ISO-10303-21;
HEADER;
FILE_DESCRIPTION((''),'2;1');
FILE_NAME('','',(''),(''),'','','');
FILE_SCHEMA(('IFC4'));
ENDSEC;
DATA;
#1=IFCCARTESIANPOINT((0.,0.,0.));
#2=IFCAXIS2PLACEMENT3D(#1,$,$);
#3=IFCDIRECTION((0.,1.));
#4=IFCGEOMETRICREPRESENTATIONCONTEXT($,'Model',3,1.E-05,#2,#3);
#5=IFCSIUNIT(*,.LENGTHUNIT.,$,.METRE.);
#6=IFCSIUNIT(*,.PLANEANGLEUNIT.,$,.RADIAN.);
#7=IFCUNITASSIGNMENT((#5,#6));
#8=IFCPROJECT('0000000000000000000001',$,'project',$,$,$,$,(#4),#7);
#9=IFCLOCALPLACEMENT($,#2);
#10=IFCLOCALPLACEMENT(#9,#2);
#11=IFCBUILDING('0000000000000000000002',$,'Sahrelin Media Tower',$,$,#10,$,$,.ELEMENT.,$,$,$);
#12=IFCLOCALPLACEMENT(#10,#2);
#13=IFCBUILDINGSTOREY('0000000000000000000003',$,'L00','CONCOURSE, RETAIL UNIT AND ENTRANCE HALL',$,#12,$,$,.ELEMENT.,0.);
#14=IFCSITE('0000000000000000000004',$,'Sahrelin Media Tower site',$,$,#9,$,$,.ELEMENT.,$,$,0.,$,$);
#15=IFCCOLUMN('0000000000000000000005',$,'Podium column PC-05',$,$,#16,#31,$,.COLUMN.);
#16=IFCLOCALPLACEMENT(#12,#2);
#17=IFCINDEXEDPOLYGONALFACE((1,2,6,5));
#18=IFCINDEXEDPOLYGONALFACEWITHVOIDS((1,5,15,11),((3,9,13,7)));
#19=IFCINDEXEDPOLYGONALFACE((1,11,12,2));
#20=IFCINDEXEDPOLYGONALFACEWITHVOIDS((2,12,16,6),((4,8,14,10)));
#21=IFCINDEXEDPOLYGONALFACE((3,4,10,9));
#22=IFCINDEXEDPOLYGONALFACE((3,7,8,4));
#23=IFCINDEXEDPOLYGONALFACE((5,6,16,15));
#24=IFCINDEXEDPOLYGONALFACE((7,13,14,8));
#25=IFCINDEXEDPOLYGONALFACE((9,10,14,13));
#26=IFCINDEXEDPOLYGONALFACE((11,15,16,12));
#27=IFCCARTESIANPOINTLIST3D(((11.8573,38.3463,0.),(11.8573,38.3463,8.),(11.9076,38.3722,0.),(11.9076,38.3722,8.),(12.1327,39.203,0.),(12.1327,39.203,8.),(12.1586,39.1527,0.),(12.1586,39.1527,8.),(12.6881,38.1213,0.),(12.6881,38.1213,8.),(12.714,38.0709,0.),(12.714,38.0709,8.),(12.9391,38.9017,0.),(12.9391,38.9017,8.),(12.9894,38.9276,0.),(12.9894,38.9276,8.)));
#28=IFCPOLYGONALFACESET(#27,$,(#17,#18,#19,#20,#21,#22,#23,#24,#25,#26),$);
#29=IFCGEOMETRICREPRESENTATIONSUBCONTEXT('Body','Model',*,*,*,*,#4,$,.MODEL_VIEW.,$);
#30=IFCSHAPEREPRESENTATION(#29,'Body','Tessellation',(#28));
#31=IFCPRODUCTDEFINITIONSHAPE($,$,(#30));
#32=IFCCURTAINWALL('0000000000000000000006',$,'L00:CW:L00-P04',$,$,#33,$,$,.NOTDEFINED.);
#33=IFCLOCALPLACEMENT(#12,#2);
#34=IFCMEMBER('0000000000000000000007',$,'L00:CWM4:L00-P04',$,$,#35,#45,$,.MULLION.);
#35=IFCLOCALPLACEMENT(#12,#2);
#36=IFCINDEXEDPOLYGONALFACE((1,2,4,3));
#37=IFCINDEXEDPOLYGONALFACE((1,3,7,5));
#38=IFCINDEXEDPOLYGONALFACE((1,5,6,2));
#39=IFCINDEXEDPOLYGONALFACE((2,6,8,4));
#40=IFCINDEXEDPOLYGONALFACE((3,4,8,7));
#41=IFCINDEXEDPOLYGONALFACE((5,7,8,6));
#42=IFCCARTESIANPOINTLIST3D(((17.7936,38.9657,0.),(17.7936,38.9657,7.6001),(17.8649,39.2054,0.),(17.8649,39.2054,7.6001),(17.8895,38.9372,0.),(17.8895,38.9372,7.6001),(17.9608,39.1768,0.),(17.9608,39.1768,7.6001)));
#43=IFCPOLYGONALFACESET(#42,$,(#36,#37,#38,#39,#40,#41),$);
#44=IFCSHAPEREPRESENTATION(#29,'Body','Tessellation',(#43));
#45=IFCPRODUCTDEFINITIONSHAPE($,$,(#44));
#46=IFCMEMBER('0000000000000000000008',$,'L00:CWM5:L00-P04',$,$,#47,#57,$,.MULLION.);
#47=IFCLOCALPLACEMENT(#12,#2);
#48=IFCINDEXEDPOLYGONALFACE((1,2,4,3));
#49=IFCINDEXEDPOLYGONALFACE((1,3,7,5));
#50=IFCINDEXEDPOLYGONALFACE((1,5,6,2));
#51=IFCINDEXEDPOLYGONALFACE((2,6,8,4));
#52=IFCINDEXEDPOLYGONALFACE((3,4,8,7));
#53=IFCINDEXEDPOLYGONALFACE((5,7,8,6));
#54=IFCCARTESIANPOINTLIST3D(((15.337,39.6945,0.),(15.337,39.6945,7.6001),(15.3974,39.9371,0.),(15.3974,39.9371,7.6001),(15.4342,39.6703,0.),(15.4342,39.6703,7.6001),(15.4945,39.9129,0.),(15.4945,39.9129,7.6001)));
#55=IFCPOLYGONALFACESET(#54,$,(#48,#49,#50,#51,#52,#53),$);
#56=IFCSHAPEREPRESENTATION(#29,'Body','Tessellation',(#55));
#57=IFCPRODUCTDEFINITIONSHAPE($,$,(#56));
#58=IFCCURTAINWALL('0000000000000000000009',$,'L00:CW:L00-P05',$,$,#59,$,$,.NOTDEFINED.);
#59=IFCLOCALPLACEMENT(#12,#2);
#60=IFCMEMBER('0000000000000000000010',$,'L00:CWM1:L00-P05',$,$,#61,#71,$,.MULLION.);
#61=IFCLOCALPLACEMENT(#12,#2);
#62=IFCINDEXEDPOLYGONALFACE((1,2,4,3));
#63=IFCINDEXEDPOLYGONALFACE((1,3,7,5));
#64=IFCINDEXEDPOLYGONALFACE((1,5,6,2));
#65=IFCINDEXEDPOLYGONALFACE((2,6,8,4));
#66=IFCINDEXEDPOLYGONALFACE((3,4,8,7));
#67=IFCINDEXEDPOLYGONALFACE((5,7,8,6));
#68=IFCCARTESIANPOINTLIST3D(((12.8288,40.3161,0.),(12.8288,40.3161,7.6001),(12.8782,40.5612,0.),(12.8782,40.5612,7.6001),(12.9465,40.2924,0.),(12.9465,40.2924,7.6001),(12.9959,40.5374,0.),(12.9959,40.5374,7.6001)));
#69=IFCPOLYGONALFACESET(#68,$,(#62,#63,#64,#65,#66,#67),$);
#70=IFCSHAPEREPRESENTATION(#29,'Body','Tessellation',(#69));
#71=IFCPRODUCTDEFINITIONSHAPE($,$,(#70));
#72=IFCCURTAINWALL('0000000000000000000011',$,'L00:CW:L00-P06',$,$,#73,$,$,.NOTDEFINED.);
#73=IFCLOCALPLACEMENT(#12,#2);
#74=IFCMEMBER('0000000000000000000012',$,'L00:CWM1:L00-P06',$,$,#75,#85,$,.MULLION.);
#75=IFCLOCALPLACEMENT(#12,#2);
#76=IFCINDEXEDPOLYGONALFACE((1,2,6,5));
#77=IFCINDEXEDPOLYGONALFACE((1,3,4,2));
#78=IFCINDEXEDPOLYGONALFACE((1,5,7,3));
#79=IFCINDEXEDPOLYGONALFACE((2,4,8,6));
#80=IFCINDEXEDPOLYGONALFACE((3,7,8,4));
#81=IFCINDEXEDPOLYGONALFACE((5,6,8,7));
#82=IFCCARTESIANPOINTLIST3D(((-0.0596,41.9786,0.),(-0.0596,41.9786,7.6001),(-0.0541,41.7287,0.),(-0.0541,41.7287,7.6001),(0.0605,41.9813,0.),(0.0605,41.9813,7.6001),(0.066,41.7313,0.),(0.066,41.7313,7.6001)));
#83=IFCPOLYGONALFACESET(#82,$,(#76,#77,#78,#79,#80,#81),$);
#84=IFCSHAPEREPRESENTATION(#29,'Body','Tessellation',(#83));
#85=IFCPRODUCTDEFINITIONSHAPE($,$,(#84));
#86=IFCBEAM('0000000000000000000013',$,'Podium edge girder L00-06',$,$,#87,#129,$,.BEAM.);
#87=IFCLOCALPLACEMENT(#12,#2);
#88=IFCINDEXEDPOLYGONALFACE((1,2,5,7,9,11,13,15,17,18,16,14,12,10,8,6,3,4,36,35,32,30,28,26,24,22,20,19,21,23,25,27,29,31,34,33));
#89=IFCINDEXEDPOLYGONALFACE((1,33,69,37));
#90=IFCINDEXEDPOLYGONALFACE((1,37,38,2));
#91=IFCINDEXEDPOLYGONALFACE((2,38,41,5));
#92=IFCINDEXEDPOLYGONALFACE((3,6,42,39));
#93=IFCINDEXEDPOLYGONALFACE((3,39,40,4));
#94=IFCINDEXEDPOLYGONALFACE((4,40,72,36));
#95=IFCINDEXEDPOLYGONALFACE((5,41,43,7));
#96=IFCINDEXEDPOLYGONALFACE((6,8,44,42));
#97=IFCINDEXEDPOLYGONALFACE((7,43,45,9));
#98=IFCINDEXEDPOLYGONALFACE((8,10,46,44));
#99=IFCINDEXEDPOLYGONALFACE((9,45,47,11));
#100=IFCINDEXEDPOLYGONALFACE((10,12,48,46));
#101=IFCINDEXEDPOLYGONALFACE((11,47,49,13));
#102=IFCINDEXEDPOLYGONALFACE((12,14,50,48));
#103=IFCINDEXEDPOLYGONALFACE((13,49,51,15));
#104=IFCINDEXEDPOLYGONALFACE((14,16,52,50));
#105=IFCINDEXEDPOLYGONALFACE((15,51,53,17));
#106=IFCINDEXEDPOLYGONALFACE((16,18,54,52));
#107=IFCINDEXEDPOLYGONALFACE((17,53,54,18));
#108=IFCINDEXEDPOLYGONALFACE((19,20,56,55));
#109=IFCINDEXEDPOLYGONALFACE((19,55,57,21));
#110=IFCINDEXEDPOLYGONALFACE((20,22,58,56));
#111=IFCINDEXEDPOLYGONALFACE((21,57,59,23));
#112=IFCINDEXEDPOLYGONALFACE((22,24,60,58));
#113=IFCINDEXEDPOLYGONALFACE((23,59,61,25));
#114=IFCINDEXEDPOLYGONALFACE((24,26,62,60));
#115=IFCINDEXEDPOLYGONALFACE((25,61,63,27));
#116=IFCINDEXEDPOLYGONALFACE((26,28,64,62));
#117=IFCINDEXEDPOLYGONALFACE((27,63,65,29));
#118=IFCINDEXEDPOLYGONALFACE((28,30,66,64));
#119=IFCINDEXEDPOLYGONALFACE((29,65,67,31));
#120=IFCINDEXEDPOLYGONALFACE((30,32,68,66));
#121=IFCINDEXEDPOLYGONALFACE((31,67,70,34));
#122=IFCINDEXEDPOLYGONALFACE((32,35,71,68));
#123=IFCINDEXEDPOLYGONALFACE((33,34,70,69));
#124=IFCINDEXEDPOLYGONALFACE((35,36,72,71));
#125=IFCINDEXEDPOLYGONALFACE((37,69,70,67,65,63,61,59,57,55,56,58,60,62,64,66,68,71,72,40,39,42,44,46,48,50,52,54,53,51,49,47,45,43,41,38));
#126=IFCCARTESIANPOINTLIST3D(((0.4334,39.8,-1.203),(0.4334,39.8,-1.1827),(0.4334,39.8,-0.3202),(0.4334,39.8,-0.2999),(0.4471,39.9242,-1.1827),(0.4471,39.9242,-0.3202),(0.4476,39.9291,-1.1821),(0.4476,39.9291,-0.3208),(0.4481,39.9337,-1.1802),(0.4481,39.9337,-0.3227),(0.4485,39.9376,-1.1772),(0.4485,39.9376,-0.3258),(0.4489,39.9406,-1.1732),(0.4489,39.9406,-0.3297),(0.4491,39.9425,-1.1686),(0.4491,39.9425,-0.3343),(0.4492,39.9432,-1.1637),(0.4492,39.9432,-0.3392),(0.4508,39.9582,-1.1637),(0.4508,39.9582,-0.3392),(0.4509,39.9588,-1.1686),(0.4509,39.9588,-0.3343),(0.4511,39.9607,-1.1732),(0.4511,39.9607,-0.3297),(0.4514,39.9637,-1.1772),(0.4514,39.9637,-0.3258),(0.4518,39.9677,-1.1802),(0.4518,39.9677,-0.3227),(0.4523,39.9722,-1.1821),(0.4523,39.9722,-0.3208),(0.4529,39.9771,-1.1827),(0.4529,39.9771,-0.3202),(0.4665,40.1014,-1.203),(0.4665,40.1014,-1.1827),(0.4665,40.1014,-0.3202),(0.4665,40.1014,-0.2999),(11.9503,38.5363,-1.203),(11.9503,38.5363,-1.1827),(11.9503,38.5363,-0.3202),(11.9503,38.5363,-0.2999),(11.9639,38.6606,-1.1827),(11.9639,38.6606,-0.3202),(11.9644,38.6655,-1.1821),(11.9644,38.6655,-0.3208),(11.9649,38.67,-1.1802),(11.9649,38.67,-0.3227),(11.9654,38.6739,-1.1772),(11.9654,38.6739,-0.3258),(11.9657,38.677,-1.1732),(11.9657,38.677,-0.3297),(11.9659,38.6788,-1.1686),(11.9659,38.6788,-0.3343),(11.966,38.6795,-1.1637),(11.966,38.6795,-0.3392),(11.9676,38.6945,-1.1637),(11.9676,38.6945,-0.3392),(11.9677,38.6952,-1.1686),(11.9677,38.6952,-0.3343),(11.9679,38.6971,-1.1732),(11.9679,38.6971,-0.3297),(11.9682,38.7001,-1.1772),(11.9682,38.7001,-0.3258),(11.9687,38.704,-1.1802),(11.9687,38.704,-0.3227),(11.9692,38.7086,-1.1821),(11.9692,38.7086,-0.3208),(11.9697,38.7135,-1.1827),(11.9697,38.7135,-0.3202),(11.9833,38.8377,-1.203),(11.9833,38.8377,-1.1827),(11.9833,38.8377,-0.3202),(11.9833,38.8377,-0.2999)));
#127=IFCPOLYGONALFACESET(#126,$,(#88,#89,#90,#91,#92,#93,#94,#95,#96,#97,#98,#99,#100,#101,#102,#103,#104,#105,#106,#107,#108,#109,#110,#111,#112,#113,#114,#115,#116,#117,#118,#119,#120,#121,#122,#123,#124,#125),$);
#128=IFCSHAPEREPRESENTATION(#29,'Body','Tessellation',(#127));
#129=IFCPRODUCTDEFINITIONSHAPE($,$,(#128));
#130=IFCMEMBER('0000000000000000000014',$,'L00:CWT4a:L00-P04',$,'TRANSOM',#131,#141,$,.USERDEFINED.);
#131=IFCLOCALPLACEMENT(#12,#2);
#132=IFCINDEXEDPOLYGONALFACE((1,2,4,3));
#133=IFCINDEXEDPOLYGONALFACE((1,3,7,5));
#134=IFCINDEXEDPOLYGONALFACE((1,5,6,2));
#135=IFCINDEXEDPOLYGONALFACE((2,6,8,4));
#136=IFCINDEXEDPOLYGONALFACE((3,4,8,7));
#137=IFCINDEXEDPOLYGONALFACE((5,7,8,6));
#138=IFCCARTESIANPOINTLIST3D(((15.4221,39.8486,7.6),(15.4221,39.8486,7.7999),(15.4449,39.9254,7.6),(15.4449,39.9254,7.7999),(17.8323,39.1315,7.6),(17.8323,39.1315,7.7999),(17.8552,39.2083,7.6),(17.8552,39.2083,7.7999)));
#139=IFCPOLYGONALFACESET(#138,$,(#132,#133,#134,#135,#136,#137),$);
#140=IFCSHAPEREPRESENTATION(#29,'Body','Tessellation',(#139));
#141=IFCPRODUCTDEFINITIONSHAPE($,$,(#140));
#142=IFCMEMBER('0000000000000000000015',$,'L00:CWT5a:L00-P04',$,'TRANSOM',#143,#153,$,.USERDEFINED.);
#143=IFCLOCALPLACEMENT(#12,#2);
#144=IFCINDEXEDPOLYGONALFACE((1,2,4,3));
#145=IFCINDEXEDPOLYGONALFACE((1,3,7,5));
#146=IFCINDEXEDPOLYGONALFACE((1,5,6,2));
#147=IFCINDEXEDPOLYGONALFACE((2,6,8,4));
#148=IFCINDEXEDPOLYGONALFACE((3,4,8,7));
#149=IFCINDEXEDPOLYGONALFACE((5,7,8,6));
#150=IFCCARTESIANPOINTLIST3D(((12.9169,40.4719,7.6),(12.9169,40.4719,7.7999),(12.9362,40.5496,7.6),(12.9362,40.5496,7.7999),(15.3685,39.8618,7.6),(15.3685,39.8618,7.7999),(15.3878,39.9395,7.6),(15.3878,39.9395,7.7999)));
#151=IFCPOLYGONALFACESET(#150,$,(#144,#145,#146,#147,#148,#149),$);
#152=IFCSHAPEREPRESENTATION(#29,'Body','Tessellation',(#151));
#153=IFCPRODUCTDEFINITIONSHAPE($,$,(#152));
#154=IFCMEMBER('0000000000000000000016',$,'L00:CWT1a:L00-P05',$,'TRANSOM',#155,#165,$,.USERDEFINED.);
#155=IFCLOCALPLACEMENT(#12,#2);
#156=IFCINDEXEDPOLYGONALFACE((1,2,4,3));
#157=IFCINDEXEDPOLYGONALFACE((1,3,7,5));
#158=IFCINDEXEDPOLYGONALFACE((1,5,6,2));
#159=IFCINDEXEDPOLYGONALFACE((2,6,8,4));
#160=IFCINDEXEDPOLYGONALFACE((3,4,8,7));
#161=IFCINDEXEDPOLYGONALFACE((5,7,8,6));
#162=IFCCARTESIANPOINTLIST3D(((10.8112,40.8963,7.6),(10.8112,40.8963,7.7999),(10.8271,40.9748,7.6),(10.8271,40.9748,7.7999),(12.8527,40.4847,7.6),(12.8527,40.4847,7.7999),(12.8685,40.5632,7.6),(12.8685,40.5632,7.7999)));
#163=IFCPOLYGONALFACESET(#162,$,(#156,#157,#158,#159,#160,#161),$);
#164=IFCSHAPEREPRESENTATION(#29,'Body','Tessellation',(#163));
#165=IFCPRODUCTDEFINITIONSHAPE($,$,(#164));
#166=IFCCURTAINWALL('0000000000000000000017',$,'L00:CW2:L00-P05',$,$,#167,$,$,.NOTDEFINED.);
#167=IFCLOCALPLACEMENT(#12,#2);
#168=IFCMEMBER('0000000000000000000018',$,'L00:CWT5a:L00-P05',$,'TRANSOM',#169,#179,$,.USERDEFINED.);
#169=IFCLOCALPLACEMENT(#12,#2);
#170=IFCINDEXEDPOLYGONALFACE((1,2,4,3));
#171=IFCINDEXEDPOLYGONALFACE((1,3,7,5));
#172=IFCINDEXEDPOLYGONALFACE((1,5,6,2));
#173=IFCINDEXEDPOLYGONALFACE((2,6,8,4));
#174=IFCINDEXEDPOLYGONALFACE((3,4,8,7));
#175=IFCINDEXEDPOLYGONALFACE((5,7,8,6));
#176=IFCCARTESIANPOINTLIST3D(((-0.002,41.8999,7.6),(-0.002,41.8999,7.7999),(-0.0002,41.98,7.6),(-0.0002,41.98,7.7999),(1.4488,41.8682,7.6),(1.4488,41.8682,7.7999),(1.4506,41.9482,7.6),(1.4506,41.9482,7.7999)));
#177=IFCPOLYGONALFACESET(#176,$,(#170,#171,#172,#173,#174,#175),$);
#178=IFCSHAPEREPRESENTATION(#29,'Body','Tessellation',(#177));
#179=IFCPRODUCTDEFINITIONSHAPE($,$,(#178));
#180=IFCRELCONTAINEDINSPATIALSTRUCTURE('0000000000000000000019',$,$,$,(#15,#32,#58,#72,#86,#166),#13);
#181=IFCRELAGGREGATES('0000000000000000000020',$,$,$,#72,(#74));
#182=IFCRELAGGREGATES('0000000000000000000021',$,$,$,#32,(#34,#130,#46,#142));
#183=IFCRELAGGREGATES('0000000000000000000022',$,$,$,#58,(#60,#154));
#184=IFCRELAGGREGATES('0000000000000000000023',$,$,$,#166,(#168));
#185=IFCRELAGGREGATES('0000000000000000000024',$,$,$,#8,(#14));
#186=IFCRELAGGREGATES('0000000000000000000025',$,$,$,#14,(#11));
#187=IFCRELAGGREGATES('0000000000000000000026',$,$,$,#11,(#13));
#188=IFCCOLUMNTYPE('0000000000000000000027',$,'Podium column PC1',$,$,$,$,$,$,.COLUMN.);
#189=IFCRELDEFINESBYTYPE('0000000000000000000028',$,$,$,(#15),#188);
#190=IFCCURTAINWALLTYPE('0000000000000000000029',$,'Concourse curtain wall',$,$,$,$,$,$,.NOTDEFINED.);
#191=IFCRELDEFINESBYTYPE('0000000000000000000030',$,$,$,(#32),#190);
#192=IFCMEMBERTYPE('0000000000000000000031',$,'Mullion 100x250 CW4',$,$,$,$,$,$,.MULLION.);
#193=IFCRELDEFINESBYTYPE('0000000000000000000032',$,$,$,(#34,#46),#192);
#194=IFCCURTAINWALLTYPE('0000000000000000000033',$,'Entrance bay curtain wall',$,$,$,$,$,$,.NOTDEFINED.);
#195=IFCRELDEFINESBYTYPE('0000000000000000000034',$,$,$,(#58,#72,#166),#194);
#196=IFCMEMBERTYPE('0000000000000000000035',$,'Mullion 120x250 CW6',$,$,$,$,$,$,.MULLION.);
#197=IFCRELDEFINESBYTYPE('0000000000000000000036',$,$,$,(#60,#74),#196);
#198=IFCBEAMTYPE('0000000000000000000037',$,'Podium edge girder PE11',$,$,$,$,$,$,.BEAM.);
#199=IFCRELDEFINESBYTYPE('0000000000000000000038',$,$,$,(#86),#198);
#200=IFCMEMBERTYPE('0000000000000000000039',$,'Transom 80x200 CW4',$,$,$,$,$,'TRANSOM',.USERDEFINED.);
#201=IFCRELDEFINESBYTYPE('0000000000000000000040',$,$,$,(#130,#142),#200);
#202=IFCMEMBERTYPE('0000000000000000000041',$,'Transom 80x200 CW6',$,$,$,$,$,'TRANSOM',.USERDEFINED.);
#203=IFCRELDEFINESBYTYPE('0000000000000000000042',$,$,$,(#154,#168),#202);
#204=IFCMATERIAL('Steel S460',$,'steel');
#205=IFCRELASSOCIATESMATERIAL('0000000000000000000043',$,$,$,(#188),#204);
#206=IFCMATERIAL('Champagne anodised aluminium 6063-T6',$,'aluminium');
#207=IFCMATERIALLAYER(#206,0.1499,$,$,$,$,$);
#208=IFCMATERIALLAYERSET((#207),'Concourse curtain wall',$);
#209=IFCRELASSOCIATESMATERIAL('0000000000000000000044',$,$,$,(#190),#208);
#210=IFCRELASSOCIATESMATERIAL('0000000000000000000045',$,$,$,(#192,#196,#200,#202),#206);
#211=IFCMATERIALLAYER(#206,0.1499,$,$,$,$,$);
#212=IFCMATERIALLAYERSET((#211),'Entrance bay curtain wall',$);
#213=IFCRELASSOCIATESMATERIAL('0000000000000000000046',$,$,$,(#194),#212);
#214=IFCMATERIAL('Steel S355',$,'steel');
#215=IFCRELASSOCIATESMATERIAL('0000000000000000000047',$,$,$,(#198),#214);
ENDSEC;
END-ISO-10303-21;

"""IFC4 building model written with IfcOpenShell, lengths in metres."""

from ifc_helpers import new_model, si_unit, direction, frame, origin, origin_2d, place, context, subcontext, project, spatial, rectangle, hollow_rectangle, i_section, extrude, material, layer, layer_set, material_profile, profile_set, type_object, element, aggregate, save


model = new_model("IFC4")

# Units and contexts
model_context = context("Model", 3, precision=1e-05, world=origin(), true_north=direction((0.0, 1.0)))
body_context = subcontext(model_context, "Body", "Model", "MODEL_VIEW")
ifc_project = project(units=[si_unit("LENGTHUNIT", "METRE"), si_unit("PLANEANGLEUNIT", "RADIAN")], contexts=[model_context])

# Site, building, storey
site_placement = place(None, origin())
site = spatial("IfcSite", under=ifc_project, at=site_placement, Name="Sahrelin Media Tower site", CompositionType="ELEMENT", RefElevation=0.0)
building_placement = place(site_placement, origin())
building = spatial("IfcBuilding", under=site, at=building_placement, Name="Sahrelin Media Tower", CompositionType="ELEMENT")
storey_placement = place(building_placement, origin())
storey = spatial("IfcBuildingStorey", under=building, at=storey_placement, Name="L00", Description="CONCOURSE, RETAIL UNIT AND ENTRANCE HALL", CompositionType="ELEMENT", Elevation=0.0)

# Column
ifc_material_1 = material(Name="Steel S460", Category="steel")
ifc_material_profile_1 = material_profile(ifc_material_1, hollow_rectangle(XDim=0.8999, YDim=0.8999, WallThickness=0.04, at=origin_2d()), Name="Podium column PC1")
ifc_profile_set_1 = profile_set([ifc_material_profile_1], Name="Steel S460")
column_type = type_object("IfcColumnType", Name="Podium column PC1", PredefinedType="COLUMN", material=ifc_profile_set_1)
column_placement = place(storey_placement, frame((12.4233, 38.637, 0.0), z_axis=(0.0, 0.0, 1.0), x_axis=(0.306104, 0.951998, 0.0)))
element("IfcColumn", 1, at=column_placement, inside=storey, type_object=column_type, Name="Podium column PC-05", PredefinedType="COLUMN", context=body_context, shape_type="SweptSolid", body=[
    extrude(hollow_rectangle(XDim=0.8999, YDim=0.8999, WallThickness=0.04, at=origin_2d()), origin(), (0.0, 0.0, 1.0), 8.0),
])

# Curtain wall, members
ifc_material_2 = material(Name="Champagne anodised aluminium 6063-T6", Category="aluminium")
ifc_layer_1 = layer(ifc_material_2, 0.1499)
ifc_layer_set_1 = layer_set([ifc_layer_1], Name="Concourse curtain wall")
curtain_wall_type_1 = type_object("IfcCurtainWallType", Name="Concourse curtain wall", PredefinedType="NOTDEFINED", material=ifc_layer_set_1)
curtain_wall_1_placement = place(storey_placement, frame((25.0, 36.373, 0.0), z_axis=(0.0, 0.0, 1.0), x_axis=(1.0, 0.0, 0.0)))
curtain_wall_1 = element("IfcCurtainWall", 2, at=curtain_wall_1_placement, inside=storey, type_object=curtain_wall_type_1, Name="L00:CW:L00-P04", PredefinedType="NOTDEFINED")
ifc_material_profile_2 = material_profile(ifc_material_2, rectangle(XDim=0.1001, YDim=0.25, at=origin_2d()), Name="Mullion 100x250")
ifc_profile_set_2 = profile_set([ifc_material_profile_2], Name="Champagne anodised aluminium 6063-T6")
member_type_1 = type_object("IfcMemberType", Name="Mullion 100x250 CW4", PredefinedType="MULLION", material=ifc_profile_set_2)
member_1_placement = place(storey_placement, frame((17.8772, 39.0713, 0.0), z_axis=(0.0, 0.0, 1.0), x_axis=(-0.958495, 0.28511, 0.0)))
member_1 = element("IfcMember", 3, at=member_1_placement, type_object=member_type_1, Name="L00:CWM4:L00-P04", PredefinedType="MULLION", context=body_context, shape_type="SweptSolid", body=[
    extrude(rectangle(XDim=0.1001, YDim=0.25, at=origin_2d()), origin(), (0.0, 0.0, 1.0), 7.6001),
])
member_2_placement = place(storey_placement, frame((15.4158, 39.8037, 0.0), z_axis=(0.0, 0.0, 1.0), x_axis=(-0.97041, 0.241461, 0.0)))
member_2 = element("IfcMember", 4, at=member_2_placement, type_object=member_type_1, Name="L00:CWM5:L00-P04", PredefinedType="MULLION", context=body_context, shape_type="SweptSolid", body=[
    extrude(rectangle(XDim=0.1001, YDim=0.25, at=origin_2d()), origin(), (0.0, 0.0, 1.0), 7.6001),
])

# Curtain walls, members
ifc_layer_2 = layer(ifc_material_2, 0.1499)
ifc_layer_set_2 = layer_set([ifc_layer_2], Name="Entrance bay curtain wall")
curtain_wall_type_2 = type_object("IfcCurtainWallType", Name="Entrance bay curtain wall", PredefinedType="NOTDEFINED", material=ifc_layer_set_2)
curtain_wall_2_placement = place(storey_placement, frame((12.9409, 40.5688, 0.0), z_axis=(0.0, 0.0, 1.0), x_axis=(1.0, 0.0, 0.0)))
curtain_wall_2 = element("IfcCurtainWall", 5, at=curtain_wall_2_placement, inside=storey, type_object=curtain_wall_type_2, Name="L00:CW:L00-P05", PredefinedType="NOTDEFINED")
ifc_material_profile_3 = material_profile(ifc_material_2, rectangle(XDim=0.1201, YDim=0.25, at=origin_2d()), Name="Mullion 120x250")
ifc_profile_set_3 = profile_set([ifc_material_profile_3], Name="Champagne anodised aluminium 6063-T6")
member_type_2 = type_object("IfcMemberType", Name="Mullion 120x250 CW6", PredefinedType="MULLION", material=ifc_profile_set_3)
member_3_placement = place(storey_placement, frame((12.9124, 40.4268, 0.0), z_axis=(0.0, 0.0, 1.0), x_axis=(-0.980267, 0.197678, 0.0)))
member_3 = element("IfcMember", 6, at=member_3_placement, type_object=member_type_2, Name="L00:CWM1:L00-P05", PredefinedType="MULLION", context=body_context, shape_type="SweptSolid", body=[
    extrude(rectangle(XDim=0.1201, YDim=0.25, at=origin_2d()), origin(), (0.0, 0.0, 1.0), 7.6001),
])
curtain_wall_3_placement = place(storey_placement, frame((0.0, 42.0, 0.0), z_axis=(0.0, 0.0, 1.0), x_axis=(1.0, 0.0, 0.0)))
curtain_wall_3 = element("IfcCurtainWall", 7, at=curtain_wall_3_placement, inside=storey, type_object=curtain_wall_type_2, Name="L00:CW:L00-P06", PredefinedType="NOTDEFINED")
member_4_placement = place(storey_placement, frame((0.0032, 41.855, 0.0), z_axis=(0.0, 0.0, 1.0), x_axis=(-0.999758, -0.022007, 0.0)))
member_4 = element("IfcMember", 8, at=member_4_placement, type_object=member_type_2, Name="L00:CWM1:L00-P06", PredefinedType="MULLION", context=body_context, shape_type="SweptSolid", body=[
    extrude(rectangle(XDim=0.1201, YDim=0.25, at=origin_2d()), origin(), (0.0, 0.0, 1.0), 7.6001),
])
aggregate(curtain_wall_3, [member_4])

# Beam
ifc_material_3 = material(Name="Steel S355", Category="steel")
ifc_material_profile_4 = material_profile(ifc_material_3, i_section(OverallWidth=0.3032, OverallDepth=0.9031, WebThickness=0.0151, FlangeThickness=0.0203, FilletRadius=0.019, at=origin_2d()), Name="UB 914x305x201")
ifc_profile_set_4 = profile_set([ifc_material_profile_4], Name="Steel S355")
beam_type = type_object("IfcBeamType", Name="Podium edge girder PE11", PredefinedType="BEAM", material=ifc_profile_set_4)
beam_placement = place(storey_placement, frame((11.9668, 38.687, -0.7515), z_axis=(-0.994034, 0.109069, 0.0), x_axis=(-0.109069, -0.994034, 0.0)))
element("IfcBeam", 9, at=beam_placement, inside=storey, type_object=beam_type, Name="Podium edge girder L00-06", PredefinedType="BEAM", context=body_context, shape_type="SweptSolid", body=[
    extrude(i_section(OverallWidth=0.3032, OverallDepth=0.9031, WebThickness=0.0151, FlangeThickness=0.0203, FilletRadius=0.019, at=origin_2d()), origin(), (0.0, 0.0, 1.0), 11.5859),
])

# Members
ifc_material_profile_5 = material_profile(ifc_material_2, rectangle(XDim=0.0801, YDim=0.2, at=origin_2d()), Name="Transom 80x200")
ifc_profile_set_5 = profile_set([ifc_material_profile_5], Name="Champagne anodised aluminium 6063-T6")
member_type_3 = type_object("IfcMemberType", Name="Transom 80x200 CW4", ElementType="TRANSOM", PredefinedType="USERDEFINED", material=ifc_profile_set_5)
member_5_placement = place(storey_placement, frame((17.8438, 39.1699, 7.7), z_axis=(-0.958481, 0.285156, 0.0), x_axis=(-0.285156, -0.958481, 0.0)))
member_5 = element("IfcMember", 10, at=member_5_placement, type_object=member_type_3, Name="L00:CWT4a:L00-P04", ObjectType="TRANSOM", PredefinedType="USERDEFINED", context=body_context, shape_type="SweptSolid", body=[
    extrude(rectangle(XDim=0.0801, YDim=0.2, at=origin_2d()), origin(), (0.0, 0.0, 1.0), 2.5146),
])
member_6_placement = place(storey_placement, frame((15.3782, 39.9006, 7.7), z_axis=(-0.970403, 0.24149, 0.0), x_axis=(-0.24149, -0.970403, 0.0)))
member_6 = element("IfcMember", 11, at=member_6_placement, type_object=member_type_3, Name="L00:CWT5a:L00-P04", ObjectType="TRANSOM", PredefinedType="USERDEFINED", context=body_context, shape_type="SweptSolid", body=[
    extrude(rectangle(XDim=0.0801, YDim=0.2, at=origin_2d()), origin(), (0.0, 0.0, 1.0), 2.5264),
])
ifc_material_profile_6 = material_profile(ifc_material_2, rectangle(XDim=0.0801, YDim=0.2, at=origin_2d()), Name="Transom 80x200")
ifc_profile_set_6 = profile_set([ifc_material_profile_6], Name="Champagne anodised aluminium 6063-T6")
member_type_4 = type_object("IfcMemberType", Name="Transom 80x200 CW6", ElementType="TRANSOM", PredefinedType="USERDEFINED", material=ifc_profile_set_6)
member_7_placement = place(storey_placement, frame((12.8606, 40.5239, 7.7), z_axis=(-0.980273, 0.197649, 0.0), x_axis=(-0.197649, -0.980273, 0.0)))
member_7 = element("IfcMember", 12, at=member_7_placement, type_object=member_type_4, Name="L00:CWT1a:L00-P05", ObjectType="TRANSOM", PredefinedType="USERDEFINED", context=body_context, shape_type="SweptSolid", body=[
    extrude(rectangle(XDim=0.0801, YDim=0.2, at=origin_2d()), origin(), (0.0, 0.0, 1.0), 2.0825),
])

# Curtain wall, member
curtain_wall_4_placement = place(storey_placement, frame((1.4509, 41.968, 0.0), z_axis=(0.0, 0.0, 1.0), x_axis=(1.0, 0.0, 0.0)))
curtain_wall_4 = element("IfcCurtainWall", 13, at=curtain_wall_4_placement, inside=storey, type_object=curtain_wall_type_2, Name="L00:CW2:L00-P05", PredefinedType="NOTDEFINED")
member_8_placement = place(storey_placement, frame((1.4497, 41.9082, 7.7), z_axis=(-0.999761, 0.021869, 0.0), x_axis=(-0.021869, -0.999761, 0.0)))
member_8 = element("IfcMember", 14, at=member_8_placement, type_object=member_type_4, Name="L00:CWT5a:L00-P05", ObjectType="TRANSOM", PredefinedType="USERDEFINED", context=body_context, shape_type="SweptSolid", body=[
    extrude(rectangle(XDim=0.0801, YDim=0.2, at=origin_2d()), origin(), (0.0, 0.0, 1.0), 1.4512),
])

aggregate(curtain_wall_1, [member_1, member_5, member_2, member_6])
aggregate(curtain_wall_2, [member_3, member_7])
aggregate(curtain_wall_4, [member_8])

save(model, "model.ifc")
